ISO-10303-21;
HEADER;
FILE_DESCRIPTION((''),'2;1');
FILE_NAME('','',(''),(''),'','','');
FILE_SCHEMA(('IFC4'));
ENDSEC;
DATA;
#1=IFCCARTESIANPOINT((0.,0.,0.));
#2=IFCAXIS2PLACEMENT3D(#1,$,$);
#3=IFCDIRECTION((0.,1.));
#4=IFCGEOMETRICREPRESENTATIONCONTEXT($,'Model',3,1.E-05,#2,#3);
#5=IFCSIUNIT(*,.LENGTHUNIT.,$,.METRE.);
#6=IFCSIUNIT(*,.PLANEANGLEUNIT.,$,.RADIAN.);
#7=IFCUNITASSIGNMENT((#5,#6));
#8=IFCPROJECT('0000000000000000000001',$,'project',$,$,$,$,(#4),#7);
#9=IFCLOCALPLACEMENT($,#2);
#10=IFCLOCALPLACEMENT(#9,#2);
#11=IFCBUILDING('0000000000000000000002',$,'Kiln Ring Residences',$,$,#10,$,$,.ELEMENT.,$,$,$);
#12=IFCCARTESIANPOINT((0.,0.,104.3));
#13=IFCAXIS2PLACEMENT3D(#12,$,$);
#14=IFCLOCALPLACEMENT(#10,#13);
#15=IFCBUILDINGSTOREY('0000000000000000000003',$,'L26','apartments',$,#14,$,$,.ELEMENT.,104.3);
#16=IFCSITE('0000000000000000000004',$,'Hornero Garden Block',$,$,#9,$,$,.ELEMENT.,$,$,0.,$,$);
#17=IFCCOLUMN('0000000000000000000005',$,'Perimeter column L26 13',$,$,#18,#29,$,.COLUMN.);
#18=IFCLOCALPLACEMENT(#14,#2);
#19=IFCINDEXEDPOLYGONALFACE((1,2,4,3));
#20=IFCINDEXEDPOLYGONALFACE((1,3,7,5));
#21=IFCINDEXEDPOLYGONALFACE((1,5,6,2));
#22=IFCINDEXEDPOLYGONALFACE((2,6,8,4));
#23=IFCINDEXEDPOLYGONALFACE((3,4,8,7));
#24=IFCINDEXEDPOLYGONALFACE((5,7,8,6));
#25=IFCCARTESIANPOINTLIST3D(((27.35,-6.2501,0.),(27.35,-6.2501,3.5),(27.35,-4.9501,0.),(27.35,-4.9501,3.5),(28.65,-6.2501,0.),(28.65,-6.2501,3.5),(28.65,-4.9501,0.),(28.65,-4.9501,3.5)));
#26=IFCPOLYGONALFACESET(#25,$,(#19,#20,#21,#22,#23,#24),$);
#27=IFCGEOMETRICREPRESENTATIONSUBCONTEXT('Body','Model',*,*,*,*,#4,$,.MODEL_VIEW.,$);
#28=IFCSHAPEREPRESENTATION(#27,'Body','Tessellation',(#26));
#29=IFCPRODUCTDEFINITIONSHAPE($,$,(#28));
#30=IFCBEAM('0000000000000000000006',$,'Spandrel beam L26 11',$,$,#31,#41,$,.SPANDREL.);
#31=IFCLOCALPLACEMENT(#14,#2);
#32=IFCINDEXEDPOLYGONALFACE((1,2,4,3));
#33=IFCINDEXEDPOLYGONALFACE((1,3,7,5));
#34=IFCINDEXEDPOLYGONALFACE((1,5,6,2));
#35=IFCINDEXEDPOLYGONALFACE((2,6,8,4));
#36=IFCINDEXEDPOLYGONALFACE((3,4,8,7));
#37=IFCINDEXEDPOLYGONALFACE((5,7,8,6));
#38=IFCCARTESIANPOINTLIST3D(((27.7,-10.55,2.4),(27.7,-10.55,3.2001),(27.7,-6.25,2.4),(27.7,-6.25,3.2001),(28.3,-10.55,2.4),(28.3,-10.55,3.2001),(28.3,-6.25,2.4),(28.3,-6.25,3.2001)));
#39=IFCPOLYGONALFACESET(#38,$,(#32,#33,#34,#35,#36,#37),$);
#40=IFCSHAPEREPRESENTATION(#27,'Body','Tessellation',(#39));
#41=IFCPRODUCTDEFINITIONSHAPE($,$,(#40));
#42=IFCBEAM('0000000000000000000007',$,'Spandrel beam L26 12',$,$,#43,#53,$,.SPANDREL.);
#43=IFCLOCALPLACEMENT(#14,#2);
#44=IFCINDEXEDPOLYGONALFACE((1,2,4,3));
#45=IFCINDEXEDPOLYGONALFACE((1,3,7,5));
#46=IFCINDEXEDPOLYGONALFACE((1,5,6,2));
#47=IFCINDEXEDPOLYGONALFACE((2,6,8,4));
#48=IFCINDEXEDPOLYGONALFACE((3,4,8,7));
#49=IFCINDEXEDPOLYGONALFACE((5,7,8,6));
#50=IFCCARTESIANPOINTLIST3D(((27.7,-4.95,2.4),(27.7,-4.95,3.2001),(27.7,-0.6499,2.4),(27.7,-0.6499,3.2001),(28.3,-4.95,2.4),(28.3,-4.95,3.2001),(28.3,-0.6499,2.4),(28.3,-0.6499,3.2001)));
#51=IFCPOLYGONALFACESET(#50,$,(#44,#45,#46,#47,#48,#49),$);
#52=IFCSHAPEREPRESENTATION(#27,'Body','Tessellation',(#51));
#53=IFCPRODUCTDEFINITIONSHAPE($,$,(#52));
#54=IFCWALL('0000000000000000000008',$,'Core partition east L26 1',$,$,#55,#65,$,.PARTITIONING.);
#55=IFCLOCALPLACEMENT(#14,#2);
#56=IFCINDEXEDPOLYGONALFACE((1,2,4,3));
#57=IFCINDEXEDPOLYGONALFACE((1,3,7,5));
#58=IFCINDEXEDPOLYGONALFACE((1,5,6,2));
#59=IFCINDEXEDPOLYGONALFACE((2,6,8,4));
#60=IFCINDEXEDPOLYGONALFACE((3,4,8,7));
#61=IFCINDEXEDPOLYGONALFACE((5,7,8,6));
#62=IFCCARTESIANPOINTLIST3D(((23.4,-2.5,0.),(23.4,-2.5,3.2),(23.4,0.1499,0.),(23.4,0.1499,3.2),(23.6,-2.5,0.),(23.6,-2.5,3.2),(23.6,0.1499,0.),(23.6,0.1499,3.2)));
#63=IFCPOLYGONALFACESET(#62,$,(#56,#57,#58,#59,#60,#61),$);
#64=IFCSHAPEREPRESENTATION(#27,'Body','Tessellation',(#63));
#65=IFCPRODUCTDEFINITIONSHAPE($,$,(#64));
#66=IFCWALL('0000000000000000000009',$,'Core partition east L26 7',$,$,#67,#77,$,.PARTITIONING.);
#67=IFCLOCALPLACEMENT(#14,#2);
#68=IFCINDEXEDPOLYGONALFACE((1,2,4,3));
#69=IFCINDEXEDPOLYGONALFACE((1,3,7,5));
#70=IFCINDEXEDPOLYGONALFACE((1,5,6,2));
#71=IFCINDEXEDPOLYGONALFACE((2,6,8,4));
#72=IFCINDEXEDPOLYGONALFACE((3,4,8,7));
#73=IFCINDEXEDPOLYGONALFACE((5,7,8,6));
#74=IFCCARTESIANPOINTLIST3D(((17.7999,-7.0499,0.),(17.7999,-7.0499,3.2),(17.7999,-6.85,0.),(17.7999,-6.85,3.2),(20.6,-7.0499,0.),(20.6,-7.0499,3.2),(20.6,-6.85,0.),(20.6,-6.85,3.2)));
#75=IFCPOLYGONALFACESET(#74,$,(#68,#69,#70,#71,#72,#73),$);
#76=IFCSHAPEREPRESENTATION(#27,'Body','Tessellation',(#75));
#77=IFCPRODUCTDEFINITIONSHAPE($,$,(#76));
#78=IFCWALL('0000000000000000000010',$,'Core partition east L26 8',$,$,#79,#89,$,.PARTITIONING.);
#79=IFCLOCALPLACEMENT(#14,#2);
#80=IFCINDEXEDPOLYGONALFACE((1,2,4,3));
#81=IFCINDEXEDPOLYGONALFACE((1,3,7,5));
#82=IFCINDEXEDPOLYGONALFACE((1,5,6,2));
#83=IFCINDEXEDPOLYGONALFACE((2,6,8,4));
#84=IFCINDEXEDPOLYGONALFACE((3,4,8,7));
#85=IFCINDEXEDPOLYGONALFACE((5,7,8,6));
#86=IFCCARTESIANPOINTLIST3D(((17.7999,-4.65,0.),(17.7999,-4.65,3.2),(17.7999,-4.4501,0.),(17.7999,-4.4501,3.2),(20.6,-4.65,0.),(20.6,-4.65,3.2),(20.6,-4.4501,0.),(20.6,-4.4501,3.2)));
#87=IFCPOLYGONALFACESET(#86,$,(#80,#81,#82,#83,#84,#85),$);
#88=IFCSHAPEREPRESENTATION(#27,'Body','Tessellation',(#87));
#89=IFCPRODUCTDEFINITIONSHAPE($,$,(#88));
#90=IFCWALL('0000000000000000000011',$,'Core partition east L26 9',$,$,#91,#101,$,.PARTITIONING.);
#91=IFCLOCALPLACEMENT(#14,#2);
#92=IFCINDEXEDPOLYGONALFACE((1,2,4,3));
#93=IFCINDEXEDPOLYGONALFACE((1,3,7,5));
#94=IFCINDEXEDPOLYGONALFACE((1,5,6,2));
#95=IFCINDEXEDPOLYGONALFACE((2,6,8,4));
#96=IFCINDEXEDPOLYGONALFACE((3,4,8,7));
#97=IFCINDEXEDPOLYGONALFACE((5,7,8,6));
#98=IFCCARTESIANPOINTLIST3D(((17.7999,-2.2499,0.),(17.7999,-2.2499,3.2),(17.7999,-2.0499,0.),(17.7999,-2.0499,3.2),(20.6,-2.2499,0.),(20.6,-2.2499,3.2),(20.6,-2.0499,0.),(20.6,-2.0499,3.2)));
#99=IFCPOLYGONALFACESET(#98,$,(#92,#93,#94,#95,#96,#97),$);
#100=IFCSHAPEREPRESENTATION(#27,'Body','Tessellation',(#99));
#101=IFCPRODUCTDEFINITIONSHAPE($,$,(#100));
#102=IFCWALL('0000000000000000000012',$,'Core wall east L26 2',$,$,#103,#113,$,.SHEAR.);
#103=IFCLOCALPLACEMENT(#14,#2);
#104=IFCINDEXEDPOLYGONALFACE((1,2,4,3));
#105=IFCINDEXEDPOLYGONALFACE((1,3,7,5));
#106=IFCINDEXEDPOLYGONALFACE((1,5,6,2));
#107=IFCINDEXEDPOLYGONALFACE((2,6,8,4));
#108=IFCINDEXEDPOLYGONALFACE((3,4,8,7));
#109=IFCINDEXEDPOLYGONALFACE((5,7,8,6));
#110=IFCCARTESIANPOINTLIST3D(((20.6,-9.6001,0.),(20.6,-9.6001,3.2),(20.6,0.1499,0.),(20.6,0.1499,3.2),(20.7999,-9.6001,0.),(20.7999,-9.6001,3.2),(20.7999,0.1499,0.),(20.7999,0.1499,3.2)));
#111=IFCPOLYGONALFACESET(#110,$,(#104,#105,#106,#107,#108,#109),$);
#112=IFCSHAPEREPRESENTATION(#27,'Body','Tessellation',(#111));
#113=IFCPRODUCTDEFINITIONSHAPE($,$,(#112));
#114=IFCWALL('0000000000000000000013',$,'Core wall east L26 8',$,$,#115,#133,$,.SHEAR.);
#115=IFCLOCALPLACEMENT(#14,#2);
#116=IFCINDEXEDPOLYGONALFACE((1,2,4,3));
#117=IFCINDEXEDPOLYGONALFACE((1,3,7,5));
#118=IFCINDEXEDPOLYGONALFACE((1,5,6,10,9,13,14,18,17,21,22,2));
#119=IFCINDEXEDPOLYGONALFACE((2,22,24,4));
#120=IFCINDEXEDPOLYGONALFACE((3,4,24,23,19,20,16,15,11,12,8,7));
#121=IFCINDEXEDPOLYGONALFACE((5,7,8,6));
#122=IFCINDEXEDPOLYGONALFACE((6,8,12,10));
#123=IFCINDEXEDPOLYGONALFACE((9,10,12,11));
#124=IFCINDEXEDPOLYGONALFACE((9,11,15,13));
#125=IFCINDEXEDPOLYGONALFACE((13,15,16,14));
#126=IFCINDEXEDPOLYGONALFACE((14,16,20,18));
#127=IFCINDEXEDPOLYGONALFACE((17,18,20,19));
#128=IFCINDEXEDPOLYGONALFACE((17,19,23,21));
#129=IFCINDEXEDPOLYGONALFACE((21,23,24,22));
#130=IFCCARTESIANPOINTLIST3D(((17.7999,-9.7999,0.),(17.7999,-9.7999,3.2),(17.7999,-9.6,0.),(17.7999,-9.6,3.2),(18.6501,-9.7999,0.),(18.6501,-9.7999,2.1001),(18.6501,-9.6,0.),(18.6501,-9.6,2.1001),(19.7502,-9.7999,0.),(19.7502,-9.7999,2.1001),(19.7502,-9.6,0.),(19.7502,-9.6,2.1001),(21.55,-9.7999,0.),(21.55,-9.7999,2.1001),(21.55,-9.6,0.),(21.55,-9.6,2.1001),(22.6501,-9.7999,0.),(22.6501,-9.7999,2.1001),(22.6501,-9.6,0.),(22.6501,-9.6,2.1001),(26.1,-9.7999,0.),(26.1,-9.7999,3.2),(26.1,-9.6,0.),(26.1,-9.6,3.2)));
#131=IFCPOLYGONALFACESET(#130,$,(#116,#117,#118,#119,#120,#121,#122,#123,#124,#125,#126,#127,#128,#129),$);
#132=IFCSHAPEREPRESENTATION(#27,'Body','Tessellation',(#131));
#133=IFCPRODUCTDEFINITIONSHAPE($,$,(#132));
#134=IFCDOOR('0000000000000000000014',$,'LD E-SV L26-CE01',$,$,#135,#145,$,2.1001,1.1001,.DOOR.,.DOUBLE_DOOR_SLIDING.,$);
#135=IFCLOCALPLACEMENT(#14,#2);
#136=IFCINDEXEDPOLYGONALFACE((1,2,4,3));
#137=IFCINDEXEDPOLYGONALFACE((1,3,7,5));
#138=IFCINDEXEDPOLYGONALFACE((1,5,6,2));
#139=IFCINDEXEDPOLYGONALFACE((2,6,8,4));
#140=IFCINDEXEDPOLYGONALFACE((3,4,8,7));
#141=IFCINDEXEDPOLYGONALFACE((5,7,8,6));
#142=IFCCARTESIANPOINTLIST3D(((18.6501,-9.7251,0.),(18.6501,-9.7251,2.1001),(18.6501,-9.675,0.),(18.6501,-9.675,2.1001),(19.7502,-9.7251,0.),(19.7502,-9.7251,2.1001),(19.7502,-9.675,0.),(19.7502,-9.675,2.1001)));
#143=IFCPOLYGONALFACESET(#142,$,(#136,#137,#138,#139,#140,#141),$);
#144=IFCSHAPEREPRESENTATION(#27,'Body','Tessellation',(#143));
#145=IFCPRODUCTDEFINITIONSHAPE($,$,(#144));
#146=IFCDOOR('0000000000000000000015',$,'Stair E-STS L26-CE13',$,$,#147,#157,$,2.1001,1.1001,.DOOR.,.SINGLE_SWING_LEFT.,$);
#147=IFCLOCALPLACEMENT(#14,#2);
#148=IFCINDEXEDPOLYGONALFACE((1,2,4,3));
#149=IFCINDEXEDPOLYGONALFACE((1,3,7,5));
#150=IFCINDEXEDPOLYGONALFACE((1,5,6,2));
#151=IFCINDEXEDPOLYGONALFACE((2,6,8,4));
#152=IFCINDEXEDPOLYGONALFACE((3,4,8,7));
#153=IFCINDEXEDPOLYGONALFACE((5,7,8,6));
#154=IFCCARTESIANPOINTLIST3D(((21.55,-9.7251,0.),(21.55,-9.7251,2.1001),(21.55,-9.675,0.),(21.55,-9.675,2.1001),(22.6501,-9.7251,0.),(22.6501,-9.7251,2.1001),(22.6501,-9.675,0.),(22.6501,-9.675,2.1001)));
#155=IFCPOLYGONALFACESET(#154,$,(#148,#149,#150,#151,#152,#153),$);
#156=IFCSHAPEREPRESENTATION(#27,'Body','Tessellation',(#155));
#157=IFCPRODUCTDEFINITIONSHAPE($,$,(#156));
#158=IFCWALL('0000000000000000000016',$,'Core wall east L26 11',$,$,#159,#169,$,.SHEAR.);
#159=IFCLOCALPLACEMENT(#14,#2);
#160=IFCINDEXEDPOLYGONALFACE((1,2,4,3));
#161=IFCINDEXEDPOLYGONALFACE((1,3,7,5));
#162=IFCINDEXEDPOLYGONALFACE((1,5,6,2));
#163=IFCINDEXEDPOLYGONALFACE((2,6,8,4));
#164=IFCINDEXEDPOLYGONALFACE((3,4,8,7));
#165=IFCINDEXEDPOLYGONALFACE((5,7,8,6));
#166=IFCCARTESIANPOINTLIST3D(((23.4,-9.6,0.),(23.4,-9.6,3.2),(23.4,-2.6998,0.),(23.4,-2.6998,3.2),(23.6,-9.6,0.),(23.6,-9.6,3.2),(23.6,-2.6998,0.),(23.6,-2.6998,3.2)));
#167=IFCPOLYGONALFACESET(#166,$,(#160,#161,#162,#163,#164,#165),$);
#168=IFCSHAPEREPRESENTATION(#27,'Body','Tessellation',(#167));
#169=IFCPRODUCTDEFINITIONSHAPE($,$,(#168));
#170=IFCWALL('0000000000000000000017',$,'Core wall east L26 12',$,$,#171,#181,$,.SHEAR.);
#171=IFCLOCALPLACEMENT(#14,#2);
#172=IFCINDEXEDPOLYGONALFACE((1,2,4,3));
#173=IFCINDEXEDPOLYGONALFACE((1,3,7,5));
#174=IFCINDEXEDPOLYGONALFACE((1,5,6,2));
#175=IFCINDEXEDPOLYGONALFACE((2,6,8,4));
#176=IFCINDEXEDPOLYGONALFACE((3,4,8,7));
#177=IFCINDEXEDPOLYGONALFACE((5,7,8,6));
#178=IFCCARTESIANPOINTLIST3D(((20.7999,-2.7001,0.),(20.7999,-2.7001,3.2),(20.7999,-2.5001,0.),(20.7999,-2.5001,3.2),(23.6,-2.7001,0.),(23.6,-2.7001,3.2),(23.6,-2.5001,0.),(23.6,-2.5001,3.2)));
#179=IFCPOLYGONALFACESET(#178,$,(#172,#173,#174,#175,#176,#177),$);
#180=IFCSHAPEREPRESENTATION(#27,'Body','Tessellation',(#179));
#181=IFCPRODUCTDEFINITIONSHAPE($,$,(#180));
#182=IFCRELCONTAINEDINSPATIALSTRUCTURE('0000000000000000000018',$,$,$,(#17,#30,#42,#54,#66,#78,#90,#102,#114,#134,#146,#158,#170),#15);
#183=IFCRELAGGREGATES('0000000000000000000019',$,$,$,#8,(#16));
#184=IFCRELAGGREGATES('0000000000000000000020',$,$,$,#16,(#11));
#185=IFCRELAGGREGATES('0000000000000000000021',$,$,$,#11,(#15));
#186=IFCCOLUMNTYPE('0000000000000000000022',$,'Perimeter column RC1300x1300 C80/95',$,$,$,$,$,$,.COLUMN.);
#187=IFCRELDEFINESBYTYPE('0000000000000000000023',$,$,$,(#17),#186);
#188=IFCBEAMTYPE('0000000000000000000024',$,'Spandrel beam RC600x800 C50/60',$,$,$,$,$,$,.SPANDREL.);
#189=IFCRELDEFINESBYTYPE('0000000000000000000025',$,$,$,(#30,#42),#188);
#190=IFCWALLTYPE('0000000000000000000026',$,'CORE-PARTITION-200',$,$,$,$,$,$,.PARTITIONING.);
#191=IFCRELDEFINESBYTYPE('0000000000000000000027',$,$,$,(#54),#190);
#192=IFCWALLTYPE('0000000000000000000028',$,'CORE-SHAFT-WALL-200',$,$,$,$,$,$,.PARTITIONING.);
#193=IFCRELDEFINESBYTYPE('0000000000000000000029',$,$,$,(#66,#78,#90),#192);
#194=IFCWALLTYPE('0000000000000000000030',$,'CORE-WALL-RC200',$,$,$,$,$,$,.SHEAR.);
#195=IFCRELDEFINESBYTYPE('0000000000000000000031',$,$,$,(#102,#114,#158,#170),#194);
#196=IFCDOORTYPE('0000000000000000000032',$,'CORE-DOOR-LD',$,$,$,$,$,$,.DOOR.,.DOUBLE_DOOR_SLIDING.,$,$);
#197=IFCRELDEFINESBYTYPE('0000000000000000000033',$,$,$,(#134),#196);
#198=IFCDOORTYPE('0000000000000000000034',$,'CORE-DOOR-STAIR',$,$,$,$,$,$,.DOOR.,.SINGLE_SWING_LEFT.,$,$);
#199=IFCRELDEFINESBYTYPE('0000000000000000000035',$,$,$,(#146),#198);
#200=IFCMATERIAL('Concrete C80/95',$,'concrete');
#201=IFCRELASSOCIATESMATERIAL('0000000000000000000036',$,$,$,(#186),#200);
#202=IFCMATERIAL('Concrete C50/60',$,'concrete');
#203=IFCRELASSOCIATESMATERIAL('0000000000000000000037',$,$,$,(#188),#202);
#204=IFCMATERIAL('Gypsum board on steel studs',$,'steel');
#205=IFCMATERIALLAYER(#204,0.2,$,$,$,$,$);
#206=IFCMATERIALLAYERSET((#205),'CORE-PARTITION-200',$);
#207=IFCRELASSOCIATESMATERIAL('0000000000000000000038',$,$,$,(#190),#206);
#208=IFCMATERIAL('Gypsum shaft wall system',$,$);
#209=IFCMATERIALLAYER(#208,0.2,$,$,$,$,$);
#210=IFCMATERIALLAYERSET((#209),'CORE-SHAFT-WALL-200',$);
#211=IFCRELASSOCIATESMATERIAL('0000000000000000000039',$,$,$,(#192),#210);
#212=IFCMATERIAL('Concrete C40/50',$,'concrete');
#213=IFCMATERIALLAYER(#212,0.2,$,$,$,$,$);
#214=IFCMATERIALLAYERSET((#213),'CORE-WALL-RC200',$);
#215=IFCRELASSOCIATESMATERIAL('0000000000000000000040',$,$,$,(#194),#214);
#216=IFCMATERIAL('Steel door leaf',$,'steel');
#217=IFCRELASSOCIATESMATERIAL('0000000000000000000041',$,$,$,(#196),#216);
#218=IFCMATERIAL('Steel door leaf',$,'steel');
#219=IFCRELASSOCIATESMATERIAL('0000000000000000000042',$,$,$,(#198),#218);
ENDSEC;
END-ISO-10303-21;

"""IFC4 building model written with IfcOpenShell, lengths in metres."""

from ifc_helpers import new_model, si_unit, direction, frame, frame_2d, origin, origin_2d, place, context, subcontext, project, spatial, rectangle, extrude, material, layer, layer_set, material_profile, profile_set, type_object, element, fill, save


model = new_model("IFC4")

# Units and contexts
model_context = context("Model", 3, precision=1e-05, world=origin(), true_north=direction((0.0, 1.0)))
body_context = subcontext(model_context, "Body", "Model", "MODEL_VIEW")
ifc_project = project(units=[si_unit("LENGTHUNIT", "METRE"), si_unit("PLANEANGLEUNIT", "RADIAN")], contexts=[model_context])

# Site, building, storey
site_placement = place(None, origin())
site = spatial("IfcSite", under=ifc_project, at=site_placement, Name="Hornero Garden Block", CompositionType="ELEMENT", RefElevation=0.0)
building_placement = place(site_placement, origin())
building = spatial("IfcBuilding", under=site, at=building_placement, Name="Kiln Ring Residences", CompositionType="ELEMENT")
storey_placement = place(building_placement, frame((0.0, 0.0, 104.3)))
storey = spatial("IfcBuildingStorey", under=building, at=storey_placement, Name="L26", Description="apartments", CompositionType="ELEMENT", Elevation=104.3)

# Column
ifc_material_1 = material(Name="Concrete C80/95", Category="concrete")
ifc_material_profile_1 = material_profile(ifc_material_1, rectangle(XDim=1.3, YDim=1.3, at=origin_2d()), Name="RC1300x1300")
ifc_profile_set_1 = profile_set([ifc_material_profile_1], Name="Concrete C80/95")
column_type = type_object("IfcColumnType", Name="Perimeter column RC1300x1300 C80/95", PredefinedType="COLUMN", material=ifc_profile_set_1)
column_placement = place(storey_placement, frame((28.0, -5.6001, 0.0), z_axis=(0.0, 0.0, 1.0), x_axis=(1.0, 0.0, 0.0)))
element("IfcColumn", 1, at=column_placement, inside=storey, type_object=column_type, Name="Perimeter column L26 13", PredefinedType="COLUMN", context=body_context, shape_type="SweptSolid", body=[
    extrude(rectangle(XDim=1.3, YDim=1.3, at=origin_2d()), origin(), (0.0, 0.0, 1.0), 3.5),
])

# Beams
ifc_material_2 = material(Name="Concrete C50/60", Category="concrete")
ifc_material_profile_2 = material_profile(ifc_material_2, rectangle(XDim=0.6001, YDim=0.8, at=origin_2d()), Name="RC600x800")
ifc_profile_set_2 = profile_set([ifc_material_profile_2], Name="Concrete C50/60")
beam_type = type_object("IfcBeamType", Name="Spandrel beam RC600x800 C50/60", PredefinedType="SPANDREL", material=ifc_profile_set_2)
for number, where, z_axis, x_axis, name in (
    (2, (28.0, -10.55, 2.8), (0.0, 1.0, 0.0), (-1.0, 0.0, 0.0), "Spandrel beam L26 11"),
    (3, (28.0, -4.95, 2.8), (0.0, 1.0, 0.0), (-1.0, 0.0, 0.0), "Spandrel beam L26 12"),
):
    element("IfcBeam", number, at=place(storey_placement, frame(where, z_axis=z_axis, x_axis=x_axis)), inside=storey, type_object=beam_type, Name=name, PredefinedType="SPANDREL", context=body_context, shape_type="SweptSolid", body=[
        extrude(rectangle(XDim=0.6001, YDim=0.8, at=origin_2d()), origin(), (0.0, 0.0, 1.0), 4.3),
    ])

# Walls
ifc_material_3 = material(Name="Gypsum board on steel studs", Category="steel")
ifc_layer_1 = layer(ifc_material_3, 0.2)
ifc_layer_set_1 = layer_set([ifc_layer_1], Name="CORE-PARTITION-200")
wall_type_1 = type_object("IfcWallType", Name="CORE-PARTITION-200", PredefinedType="PARTITIONING", material=ifc_layer_set_1)
wall_1_placement = place(storey_placement, frame((23.5, -2.5, 0.0), z_axis=(0.0, 0.0, 1.0), x_axis=(0.0, 1.0, 0.0)))
element("IfcWall", 4, at=wall_1_placement, inside=storey, type_object=wall_type_1, Name="Core partition east L26 1", PredefinedType="PARTITIONING", context=body_context, shape_type="SweptSolid", body=[
    extrude(rectangle(XDim=2.6499, YDim=0.2, at=frame_2d((1.325, 0.0))), origin(), (0.0, 0.0, 1.0), 3.2),
])
ifc_material_4 = material(Name="Gypsum shaft wall system")
ifc_layer_2 = layer(ifc_material_4, 0.2)
ifc_layer_set_2 = layer_set([ifc_layer_2], Name="CORE-SHAFT-WALL-200")
wall_type_2 = type_object("IfcWallType", Name="CORE-SHAFT-WALL-200", PredefinedType="PARTITIONING", material=ifc_layer_set_2)
for number, where, z_axis, x_axis, name in (
    (5, (17.8, -6.95, 0.0), (0.0, 0.0, 1.0), (1.0, 0.0, 0.0), "Core partition east L26 7"),
    (6, (17.8, -4.55, 0.0), (0.0, 0.0, 1.0), (1.0, 0.0, 0.0), "Core partition east L26 8"),
    (7, (17.8, -2.1499, 0.0), (0.0, 0.0, 1.0), (1.0, 0.0, 0.0), "Core partition east L26 9"),
):
    element("IfcWall", number, at=place(storey_placement, frame(where, z_axis=z_axis, x_axis=x_axis)), inside=storey, type_object=wall_type_2, Name=name, PredefinedType="PARTITIONING", context=body_context, shape_type="SweptSolid", body=[
        extrude(rectangle(XDim=2.8, YDim=0.2, at=frame_2d((1.3999, 0.0))), origin(), (0.0, 0.0, 1.0), 3.2),
    ])
ifc_material_5 = material(Name="Concrete C40/50", Category="concrete")
ifc_layer_3 = layer(ifc_material_5, 0.2)
ifc_layer_set_3 = layer_set([ifc_layer_3], Name="CORE-WALL-RC200")
wall_type_3 = type_object("IfcWallType", Name="CORE-WALL-RC200", PredefinedType="SHEAR", material=ifc_layer_set_3)
wall_2_placement = place(storey_placement, frame((20.7, -9.6001, 0.0), z_axis=(0.0, 0.0, 1.0), x_axis=(0.0, 1.0, 0.0)))
element("IfcWall", 8, at=wall_2_placement, inside=storey, type_object=wall_type_3, Name="Core wall east L26 2", PredefinedType="SHEAR", context=body_context, shape_type="SweptSolid", body=[
    extrude(rectangle(XDim=9.75, YDim=0.2, at=frame_2d((4.875, 0.0))), origin(), (0.0, 0.0, 1.0), 3.2),
])

# Wall, openings, doors
wall_3_placement = place(storey_placement, frame((17.8, -9.7, 0.0), z_axis=(0.0, 0.0, 1.0), x_axis=(1.0, 0.0, 0.0)))
wall_3 = element("IfcWall", 9, at=wall_3_placement, inside=storey, type_object=wall_type_3, Name="Core wall east L26 8", PredefinedType="SHEAR", context=body_context, shape_type="SweptSolid", body=[
    extrude(rectangle(XDim=8.3, YDim=0.2, at=frame_2d((4.1499, 0.0))), origin(), (0.0, 0.0, 1.0), 3.2),
])
opening_1_placement = place(wall_3_placement, frame((0.8501, 0.0, 0.0)))
opening_1 = element("IfcOpeningElement", 10, at=opening_1_placement, cuts=wall_3, PredefinedType="OPENING", context=body_context, shape_type="SweptSolid", body=[
    extrude(rectangle(XDim=1.1001, YDim=2.1001, at=frame_2d((0.55, 1.05))), frame((0.0, 0.1099, 0.0), z_axis=(0.0, -1.0, 0.0), x_axis=(1.0, 0.0, 0.0)), (0.0, 0.0, 1.0), 0.22),
])
opening_2_placement = place(wall_3_placement, frame((3.75, 0.0, 0.0)))
opening_2 = element("IfcOpeningElement", 11, at=opening_2_placement, cuts=wall_3, PredefinedType="OPENING", context=body_context, shape_type="SweptSolid", body=[
    extrude(rectangle(XDim=1.1001, YDim=2.1001, at=frame_2d((0.55, 1.05))), frame((0.0, 0.1099, 0.0), z_axis=(0.0, -1.0, 0.0), x_axis=(1.0, 0.0, 0.0)), (0.0, 0.0, 1.0), 0.22),
])
ifc_material_6 = material(Name="Steel door leaf", Category="steel")
door_type_1 = type_object("IfcDoorType", Name="CORE-DOOR-LD", OperationType="DOUBLE_DOOR_SLIDING", PredefinedType="DOOR", material=ifc_material_6)
door_1_placement = place(opening_1_placement, origin())
door_1 = element("IfcDoor", 12, at=door_1_placement, inside=storey, type_object=door_type_1, Name="LD E-SV L26-CE01", OperationType="DOUBLE_DOOR_SLIDING", OverallHeight=2.1001, OverallWidth=1.1001, PredefinedType="DOOR", context=body_context, shape_type="SweptSolid", body=[
    extrude(rectangle(XDim=1.1001, YDim=2.1001, at=frame_2d((0.55, 1.05))), frame((0.0, 0.0249, 0.0), z_axis=(0.0, -1.0, 0.0), x_axis=(1.0, 0.0, 0.0)), (0.0, 0.0, 1.0), 0.05),
])
fill(opening_1, door_1)
ifc_material_7 = material(Name="Steel door leaf", Category="steel")
door_type_2 = type_object("IfcDoorType", Name="CORE-DOOR-STAIR", OperationType="SINGLE_SWING_LEFT", PredefinedType="DOOR", material=ifc_material_7)
door_2_placement = place(opening_2_placement, origin())
door_2 = element("IfcDoor", 13, at=door_2_placement, inside=storey, type_object=door_type_2, Name="Stair E-STS L26-CE13", OperationType="SINGLE_SWING_LEFT", OverallHeight=2.1001, OverallWidth=1.1001, PredefinedType="DOOR", context=body_context, shape_type="SweptSolid", body=[
    extrude(rectangle(XDim=1.1001, YDim=2.1001, at=frame_2d((0.55, 1.05))), frame((0.0, 0.0249, 0.0), z_axis=(0.0, -1.0, 0.0), x_axis=(1.0, 0.0, 0.0)), (0.0, 0.0, 1.0), 0.05),
])
fill(opening_2, door_2)

# Walls
wall_4_placement = place(storey_placement, frame((23.5, -9.6001, 0.0), z_axis=(0.0, 0.0, 1.0), x_axis=(0.0, 1.0, 0.0)))
element("IfcWall", 14, at=wall_4_placement, inside=storey, type_object=wall_type_3, Name="Core wall east L26 11", PredefinedType="SHEAR", context=body_context, shape_type="SweptSolid", body=[
    extrude(rectangle(XDim=6.9001, YDim=0.2, at=frame_2d((3.4502, 0.0))), origin(), (0.0, 0.0, 1.0), 3.2),
])
wall_5_placement = place(storey_placement, frame((20.8, -2.6001, 0.0), z_axis=(0.0, 0.0, 1.0), x_axis=(1.0, 0.0, 0.0)))
element("IfcWall", 15, at=wall_5_placement, inside=storey, type_object=wall_type_3, Name="Core wall east L26 12", PredefinedType="SHEAR", context=body_context, shape_type="SweptSolid", body=[
    extrude(rectangle(XDim=2.8, YDim=0.2, at=frame_2d((1.3999, 0.0))), origin(), (0.0, 0.0, 1.0), 3.2),
])

save(model, "model.ifc")
